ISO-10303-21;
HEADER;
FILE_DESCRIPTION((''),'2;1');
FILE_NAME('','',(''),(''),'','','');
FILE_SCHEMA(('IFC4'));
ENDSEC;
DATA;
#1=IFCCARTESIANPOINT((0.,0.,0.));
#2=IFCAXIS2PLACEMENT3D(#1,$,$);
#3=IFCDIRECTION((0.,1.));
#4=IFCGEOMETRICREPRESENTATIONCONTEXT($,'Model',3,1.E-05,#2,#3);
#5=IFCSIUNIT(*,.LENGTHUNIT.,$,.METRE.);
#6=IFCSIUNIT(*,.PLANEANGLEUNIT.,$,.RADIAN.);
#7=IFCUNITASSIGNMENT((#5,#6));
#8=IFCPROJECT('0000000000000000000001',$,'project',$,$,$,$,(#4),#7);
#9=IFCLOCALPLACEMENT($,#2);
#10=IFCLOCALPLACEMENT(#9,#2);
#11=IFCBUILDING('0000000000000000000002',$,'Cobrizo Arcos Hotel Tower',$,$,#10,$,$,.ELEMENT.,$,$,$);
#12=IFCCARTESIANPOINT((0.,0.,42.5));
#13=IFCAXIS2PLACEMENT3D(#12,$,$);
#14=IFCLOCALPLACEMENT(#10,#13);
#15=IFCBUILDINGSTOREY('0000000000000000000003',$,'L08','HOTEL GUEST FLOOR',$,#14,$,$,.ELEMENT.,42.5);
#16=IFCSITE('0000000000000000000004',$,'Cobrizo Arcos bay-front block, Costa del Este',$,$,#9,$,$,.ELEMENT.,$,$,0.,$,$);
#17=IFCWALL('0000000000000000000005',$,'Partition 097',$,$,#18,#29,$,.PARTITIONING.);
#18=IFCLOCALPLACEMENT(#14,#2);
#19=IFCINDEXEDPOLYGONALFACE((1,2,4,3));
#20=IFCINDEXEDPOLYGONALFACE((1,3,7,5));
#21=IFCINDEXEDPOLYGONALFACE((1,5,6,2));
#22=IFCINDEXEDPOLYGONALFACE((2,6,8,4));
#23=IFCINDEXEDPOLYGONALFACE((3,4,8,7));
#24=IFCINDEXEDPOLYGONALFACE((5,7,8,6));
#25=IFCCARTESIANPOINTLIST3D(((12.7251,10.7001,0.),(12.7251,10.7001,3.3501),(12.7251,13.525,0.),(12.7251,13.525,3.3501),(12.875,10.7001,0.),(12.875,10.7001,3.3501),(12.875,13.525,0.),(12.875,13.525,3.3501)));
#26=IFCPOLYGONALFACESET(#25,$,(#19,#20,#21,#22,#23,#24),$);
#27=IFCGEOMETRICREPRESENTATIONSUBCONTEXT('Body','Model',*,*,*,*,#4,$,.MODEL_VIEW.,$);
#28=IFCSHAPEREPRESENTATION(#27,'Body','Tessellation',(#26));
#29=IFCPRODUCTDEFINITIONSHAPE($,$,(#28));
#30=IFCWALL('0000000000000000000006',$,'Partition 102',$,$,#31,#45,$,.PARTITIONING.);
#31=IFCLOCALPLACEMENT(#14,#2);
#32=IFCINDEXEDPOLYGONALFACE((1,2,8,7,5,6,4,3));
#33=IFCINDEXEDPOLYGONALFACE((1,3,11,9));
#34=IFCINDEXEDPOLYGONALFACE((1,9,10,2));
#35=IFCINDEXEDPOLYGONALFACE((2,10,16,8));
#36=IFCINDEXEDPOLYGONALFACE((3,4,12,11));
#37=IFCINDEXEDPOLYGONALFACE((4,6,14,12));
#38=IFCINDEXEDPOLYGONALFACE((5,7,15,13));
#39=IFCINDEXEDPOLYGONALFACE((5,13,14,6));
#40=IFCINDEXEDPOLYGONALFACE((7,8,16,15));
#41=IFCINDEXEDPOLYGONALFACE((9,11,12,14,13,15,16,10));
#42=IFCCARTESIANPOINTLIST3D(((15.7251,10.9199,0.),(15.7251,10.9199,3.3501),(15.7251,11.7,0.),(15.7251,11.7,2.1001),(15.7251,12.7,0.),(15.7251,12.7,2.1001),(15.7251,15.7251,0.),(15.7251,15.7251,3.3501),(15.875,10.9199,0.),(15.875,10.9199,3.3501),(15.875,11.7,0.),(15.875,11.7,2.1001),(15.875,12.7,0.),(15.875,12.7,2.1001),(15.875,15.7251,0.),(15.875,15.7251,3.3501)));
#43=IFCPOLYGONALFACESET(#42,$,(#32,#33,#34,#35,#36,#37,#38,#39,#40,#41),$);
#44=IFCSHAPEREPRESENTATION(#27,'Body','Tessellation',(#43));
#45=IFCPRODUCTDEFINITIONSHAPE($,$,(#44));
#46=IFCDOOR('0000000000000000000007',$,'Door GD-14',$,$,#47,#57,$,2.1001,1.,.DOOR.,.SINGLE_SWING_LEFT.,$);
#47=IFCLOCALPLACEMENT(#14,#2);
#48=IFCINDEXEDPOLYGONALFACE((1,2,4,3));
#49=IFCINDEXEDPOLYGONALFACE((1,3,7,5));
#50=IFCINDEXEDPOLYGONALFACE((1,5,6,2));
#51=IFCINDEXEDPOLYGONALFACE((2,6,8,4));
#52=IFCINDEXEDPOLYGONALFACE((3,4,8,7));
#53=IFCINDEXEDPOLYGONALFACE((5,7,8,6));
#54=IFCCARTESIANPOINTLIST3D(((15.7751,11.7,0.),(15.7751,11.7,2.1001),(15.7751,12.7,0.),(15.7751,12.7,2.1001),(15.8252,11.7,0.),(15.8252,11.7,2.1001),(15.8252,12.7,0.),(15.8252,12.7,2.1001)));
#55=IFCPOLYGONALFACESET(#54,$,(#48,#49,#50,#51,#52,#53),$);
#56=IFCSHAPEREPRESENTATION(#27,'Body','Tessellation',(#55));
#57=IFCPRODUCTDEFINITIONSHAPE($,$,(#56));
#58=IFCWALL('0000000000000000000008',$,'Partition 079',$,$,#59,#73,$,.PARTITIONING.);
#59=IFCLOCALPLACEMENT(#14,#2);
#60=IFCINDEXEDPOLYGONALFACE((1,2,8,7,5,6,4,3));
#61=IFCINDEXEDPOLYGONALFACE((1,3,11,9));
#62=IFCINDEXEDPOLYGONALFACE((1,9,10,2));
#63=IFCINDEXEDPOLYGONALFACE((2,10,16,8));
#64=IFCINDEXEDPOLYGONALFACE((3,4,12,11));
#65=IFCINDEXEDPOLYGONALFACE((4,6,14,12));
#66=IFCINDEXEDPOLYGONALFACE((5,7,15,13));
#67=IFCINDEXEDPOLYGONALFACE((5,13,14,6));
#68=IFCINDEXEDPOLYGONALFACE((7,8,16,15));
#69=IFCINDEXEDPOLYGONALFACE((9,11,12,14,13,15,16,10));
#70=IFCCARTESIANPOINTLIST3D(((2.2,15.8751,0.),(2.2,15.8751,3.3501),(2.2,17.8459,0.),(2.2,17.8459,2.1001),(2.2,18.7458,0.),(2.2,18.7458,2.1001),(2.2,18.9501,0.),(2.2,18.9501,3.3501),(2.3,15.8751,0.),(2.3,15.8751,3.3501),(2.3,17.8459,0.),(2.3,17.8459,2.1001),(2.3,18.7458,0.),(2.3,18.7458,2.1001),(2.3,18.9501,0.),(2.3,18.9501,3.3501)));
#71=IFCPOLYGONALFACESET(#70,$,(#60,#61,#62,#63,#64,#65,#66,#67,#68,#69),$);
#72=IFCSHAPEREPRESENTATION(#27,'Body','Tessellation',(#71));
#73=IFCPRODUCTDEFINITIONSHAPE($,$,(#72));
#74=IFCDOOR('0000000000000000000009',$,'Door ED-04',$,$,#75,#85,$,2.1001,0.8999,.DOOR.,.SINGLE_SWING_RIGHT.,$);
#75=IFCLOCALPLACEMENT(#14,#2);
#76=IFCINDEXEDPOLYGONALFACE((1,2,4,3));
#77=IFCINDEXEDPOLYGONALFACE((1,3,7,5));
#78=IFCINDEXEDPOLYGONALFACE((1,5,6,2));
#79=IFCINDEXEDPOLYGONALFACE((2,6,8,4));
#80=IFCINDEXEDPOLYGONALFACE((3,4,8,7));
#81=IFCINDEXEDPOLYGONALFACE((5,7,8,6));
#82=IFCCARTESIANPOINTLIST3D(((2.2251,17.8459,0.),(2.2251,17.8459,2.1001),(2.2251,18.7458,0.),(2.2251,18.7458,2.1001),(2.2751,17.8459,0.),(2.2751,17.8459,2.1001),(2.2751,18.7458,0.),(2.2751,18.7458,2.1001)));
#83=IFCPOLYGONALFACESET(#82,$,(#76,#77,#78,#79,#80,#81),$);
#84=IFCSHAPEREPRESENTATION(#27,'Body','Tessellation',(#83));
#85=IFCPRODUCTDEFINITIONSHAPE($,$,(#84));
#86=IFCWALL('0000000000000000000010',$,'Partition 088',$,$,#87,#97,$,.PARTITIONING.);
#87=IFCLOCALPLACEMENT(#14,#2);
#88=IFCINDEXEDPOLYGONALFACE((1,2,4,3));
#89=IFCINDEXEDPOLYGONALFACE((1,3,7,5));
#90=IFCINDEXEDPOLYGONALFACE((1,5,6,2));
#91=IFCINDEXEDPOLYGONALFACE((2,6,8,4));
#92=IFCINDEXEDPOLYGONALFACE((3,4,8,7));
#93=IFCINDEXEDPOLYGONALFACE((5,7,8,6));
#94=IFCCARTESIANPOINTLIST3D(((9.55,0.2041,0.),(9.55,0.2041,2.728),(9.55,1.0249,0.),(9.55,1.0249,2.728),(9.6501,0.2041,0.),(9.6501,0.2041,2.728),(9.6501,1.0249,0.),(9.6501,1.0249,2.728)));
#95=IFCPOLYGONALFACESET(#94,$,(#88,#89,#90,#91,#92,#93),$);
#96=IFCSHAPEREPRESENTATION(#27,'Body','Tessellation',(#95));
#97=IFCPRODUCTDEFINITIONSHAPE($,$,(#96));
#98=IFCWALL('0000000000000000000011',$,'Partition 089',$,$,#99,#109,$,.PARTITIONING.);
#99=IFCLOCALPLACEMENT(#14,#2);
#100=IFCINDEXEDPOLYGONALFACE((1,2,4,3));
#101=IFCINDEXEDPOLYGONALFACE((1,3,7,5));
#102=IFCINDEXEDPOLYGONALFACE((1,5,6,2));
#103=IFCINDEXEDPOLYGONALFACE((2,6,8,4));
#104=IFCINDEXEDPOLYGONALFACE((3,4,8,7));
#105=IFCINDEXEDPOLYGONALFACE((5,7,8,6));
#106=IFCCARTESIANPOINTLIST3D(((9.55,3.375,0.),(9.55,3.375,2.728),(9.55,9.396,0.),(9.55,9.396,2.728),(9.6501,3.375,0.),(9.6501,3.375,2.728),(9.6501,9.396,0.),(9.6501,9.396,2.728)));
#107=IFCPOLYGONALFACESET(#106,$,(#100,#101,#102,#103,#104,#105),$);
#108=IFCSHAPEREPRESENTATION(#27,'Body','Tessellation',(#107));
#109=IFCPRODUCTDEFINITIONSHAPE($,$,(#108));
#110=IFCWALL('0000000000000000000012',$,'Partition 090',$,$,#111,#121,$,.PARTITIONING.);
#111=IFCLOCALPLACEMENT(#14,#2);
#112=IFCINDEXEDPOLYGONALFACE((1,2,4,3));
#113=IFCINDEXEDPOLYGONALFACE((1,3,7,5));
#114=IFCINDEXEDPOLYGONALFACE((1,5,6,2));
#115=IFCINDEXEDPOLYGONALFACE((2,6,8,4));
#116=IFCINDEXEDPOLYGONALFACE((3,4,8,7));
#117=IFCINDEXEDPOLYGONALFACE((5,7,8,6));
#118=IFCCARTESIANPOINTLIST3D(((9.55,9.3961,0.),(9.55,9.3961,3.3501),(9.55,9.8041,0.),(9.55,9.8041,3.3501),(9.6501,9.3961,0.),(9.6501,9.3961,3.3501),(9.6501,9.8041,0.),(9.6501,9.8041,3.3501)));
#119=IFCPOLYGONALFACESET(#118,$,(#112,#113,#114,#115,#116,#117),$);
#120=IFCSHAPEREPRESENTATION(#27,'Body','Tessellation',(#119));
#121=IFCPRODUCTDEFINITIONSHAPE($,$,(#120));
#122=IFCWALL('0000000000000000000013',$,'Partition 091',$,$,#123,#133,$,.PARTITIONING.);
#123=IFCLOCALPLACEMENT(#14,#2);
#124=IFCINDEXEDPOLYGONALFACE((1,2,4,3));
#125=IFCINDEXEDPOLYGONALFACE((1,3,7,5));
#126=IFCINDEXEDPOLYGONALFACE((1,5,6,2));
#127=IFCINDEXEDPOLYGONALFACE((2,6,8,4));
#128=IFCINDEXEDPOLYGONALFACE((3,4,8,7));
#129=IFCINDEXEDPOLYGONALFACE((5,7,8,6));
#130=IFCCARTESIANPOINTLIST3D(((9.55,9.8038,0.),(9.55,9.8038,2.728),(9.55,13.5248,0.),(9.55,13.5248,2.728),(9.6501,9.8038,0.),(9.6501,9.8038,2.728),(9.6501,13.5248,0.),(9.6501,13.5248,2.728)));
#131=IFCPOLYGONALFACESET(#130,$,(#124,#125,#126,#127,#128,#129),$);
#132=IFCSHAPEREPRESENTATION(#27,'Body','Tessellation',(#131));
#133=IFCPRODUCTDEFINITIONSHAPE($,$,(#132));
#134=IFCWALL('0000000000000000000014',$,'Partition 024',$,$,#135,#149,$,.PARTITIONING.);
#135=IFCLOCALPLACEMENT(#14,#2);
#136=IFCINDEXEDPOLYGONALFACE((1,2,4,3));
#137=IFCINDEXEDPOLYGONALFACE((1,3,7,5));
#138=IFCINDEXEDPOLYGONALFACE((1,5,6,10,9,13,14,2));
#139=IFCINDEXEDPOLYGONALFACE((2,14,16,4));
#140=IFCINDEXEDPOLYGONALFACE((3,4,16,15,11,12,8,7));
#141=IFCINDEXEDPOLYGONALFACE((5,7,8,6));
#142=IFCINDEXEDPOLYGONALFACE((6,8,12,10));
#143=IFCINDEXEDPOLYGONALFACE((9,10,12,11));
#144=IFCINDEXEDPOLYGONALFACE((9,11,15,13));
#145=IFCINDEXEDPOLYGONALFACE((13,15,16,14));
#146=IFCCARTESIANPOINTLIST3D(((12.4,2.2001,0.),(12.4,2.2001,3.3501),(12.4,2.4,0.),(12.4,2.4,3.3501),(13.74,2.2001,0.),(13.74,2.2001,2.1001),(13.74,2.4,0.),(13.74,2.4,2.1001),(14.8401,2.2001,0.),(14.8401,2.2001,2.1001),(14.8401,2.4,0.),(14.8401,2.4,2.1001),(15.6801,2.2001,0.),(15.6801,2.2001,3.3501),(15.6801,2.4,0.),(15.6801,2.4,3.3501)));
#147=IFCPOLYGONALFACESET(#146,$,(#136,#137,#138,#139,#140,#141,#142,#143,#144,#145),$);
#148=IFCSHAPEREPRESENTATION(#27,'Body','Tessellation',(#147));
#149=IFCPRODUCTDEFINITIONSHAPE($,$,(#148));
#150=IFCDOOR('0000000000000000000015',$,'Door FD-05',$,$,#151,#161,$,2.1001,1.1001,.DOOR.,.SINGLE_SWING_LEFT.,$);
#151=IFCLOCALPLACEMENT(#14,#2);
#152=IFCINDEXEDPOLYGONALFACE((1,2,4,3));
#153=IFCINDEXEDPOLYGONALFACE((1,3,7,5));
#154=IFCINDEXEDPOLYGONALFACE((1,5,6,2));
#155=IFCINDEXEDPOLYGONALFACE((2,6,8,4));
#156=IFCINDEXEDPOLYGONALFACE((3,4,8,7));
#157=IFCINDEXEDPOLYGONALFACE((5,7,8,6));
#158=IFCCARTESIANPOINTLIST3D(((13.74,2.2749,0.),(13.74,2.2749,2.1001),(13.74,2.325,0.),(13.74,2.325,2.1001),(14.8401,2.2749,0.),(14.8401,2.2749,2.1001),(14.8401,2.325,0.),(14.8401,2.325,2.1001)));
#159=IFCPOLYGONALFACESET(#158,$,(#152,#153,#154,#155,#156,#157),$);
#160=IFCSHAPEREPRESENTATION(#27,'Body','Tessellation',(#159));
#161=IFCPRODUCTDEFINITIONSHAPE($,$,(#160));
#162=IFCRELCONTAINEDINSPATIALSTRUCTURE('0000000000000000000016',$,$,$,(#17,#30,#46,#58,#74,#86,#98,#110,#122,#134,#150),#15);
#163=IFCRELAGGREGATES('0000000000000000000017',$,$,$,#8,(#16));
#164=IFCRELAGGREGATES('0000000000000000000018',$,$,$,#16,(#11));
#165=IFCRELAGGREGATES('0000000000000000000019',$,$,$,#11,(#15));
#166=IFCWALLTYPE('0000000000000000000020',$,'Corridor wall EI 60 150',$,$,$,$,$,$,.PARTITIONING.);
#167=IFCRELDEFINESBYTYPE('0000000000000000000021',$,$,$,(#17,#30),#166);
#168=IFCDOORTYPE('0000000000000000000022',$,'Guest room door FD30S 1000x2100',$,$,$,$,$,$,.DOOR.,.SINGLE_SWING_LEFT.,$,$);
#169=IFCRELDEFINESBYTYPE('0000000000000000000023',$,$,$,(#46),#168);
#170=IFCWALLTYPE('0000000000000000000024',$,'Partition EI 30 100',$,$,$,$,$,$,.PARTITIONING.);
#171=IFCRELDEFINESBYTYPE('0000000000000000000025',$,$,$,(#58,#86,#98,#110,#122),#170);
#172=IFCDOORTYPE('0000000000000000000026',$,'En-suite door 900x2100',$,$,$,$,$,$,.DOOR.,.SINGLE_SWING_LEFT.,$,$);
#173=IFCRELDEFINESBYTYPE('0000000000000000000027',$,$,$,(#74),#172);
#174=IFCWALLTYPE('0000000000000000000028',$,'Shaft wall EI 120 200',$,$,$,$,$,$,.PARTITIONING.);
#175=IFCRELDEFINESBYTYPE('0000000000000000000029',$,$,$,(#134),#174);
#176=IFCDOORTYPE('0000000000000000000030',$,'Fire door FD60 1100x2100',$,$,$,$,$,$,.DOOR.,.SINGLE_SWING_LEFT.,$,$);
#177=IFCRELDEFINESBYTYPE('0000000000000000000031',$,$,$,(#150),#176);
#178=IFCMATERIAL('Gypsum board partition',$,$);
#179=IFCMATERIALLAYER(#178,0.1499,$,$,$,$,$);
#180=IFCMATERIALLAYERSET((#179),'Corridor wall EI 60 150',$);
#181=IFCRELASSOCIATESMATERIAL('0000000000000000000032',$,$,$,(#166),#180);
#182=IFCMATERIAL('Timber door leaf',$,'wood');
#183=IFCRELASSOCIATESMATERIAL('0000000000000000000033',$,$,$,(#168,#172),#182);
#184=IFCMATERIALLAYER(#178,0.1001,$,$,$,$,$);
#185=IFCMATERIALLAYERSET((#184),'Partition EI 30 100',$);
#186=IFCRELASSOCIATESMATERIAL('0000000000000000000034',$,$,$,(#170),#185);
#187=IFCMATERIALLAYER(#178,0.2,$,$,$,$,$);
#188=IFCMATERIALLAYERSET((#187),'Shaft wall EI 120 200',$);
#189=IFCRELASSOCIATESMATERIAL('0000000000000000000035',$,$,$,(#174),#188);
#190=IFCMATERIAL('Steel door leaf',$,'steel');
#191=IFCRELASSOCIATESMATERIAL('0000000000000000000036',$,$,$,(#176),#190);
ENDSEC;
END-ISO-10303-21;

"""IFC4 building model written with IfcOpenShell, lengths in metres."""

from ifc_helpers import new_model, si_unit, direction, frame, frame_2d, origin, place, context, subcontext, project, spatial, rectangle, extrude, material, layer, layer_set, type_object, element, fill, save


model = new_model("IFC4")

# Units and contexts
model_context = context("Model", 3, precision=1e-05, world=origin(), true_north=direction((0.0, 1.0)))
body_context = subcontext(model_context, "Body", "Model", "MODEL_VIEW")
ifc_project = project(units=[si_unit("LENGTHUNIT", "METRE"), si_unit("PLANEANGLEUNIT", "RADIAN")], contexts=[model_context])

# Site, building, storey
site_placement = place(None, origin())
site = spatial("IfcSite", under=ifc_project, at=site_placement, Name="Cobrizo Arcos bay-front block, Costa del Este", CompositionType="ELEMENT", RefElevation=0.0)
building_placement = place(site_placement, origin())
building = spatial("IfcBuilding", under=site, at=building_placement, Name="Cobrizo Arcos Hotel Tower", CompositionType="ELEMENT")
storey_placement = place(building_placement, frame((0.0, 0.0, 42.5)))
storey = spatial("IfcBuildingStorey", under=building, at=storey_placement, Name="L08", Description="HOTEL GUEST FLOOR", CompositionType="ELEMENT", Elevation=42.5)

# Shared definitions
ifc_material_1 = material(Name="Gypsum board partition")
ifc_layer_1 = layer(ifc_material_1, 0.1499)
ifc_layer_set_1 = layer_set([ifc_layer_1], Name="Corridor wall EI 60 150")
wall_type_1 = type_object("IfcWallType", Name="Corridor wall EI 60 150", PredefinedType="PARTITIONING", material=ifc_layer_set_1)
ifc_material_2 = material(Name="Timber door leaf", Category="wood")

# Wall
wall_1_placement = place(storey_placement, frame((12.8, 10.7, 0.0), z_axis=(0.0, 0.0, 1.0), x_axis=(0.0, 1.0, 0.0)))
element("IfcWall", 1, at=wall_1_placement, inside=storey, type_object=wall_type_1, Name="Partition 097", PredefinedType="PARTITIONING", context=body_context, shape_type="SweptSolid", body=[
    extrude(rectangle(XDim=2.825, YDim=0.1499, at=frame_2d((1.4126, 0.0))), origin(), (0.0, 0.0, 1.0), 3.3501),
])

# Walls, openings, doors
wall_2_placement = place(storey_placement, frame((15.8, 10.9199, 0.0), z_axis=(0.0, 0.0, 1.0), x_axis=(0.0, 1.0, 0.0)))
wall_2 = element("IfcWall", 2, at=wall_2_placement, inside=storey, type_object=wall_type_1, Name="Partition 102", PredefinedType="PARTITIONING", context=body_context, shape_type="SweptSolid", body=[
    extrude(rectangle(XDim=4.8052, YDim=0.1499, at=frame_2d((2.4026, 0.0))), origin(), (0.0, 0.0, 1.0), 3.3501),
])
opening_1_placement = place(wall_2_placement, frame((0.78, 0.0, 0.0)))
opening_1 = element("IfcOpeningElement", 3, at=opening_1_placement, cuts=wall_2, PredefinedType="OPENING", context=body_context, shape_type="SweptSolid", body=[
    extrude(rectangle(XDim=1.0, YDim=2.1001, at=frame_2d((0.5, 1.05))), frame((0.0, 0.0869, 0.0), z_axis=(0.0, -1.0, 0.0), x_axis=(1.0, 0.0, 0.0)), (0.0, 0.0, 1.0), 0.1738),
])
door_type_1 = type_object("IfcDoorType", Name="Guest room door FD30S 1000x2100", OperationType="SINGLE_SWING_LEFT", PredefinedType="DOOR", material=ifc_material_2)
door_1_placement = place(opening_1_placement, origin())
door_1 = element("IfcDoor", 4, at=door_1_placement, inside=storey, type_object=door_type_1, Name="Door GD-14", OperationType="SINGLE_SWING_LEFT", OverallHeight=2.1001, OverallWidth=1.0, PredefinedType="DOOR", context=body_context, shape_type="SweptSolid", body=[
    extrude(rectangle(XDim=1.0, YDim=2.1001, at=frame_2d((0.5, 1.05))), frame((0.0, 0.0249, 0.0), z_axis=(0.0, -1.0, 0.0), x_axis=(1.0, 0.0, 0.0)), (0.0, 0.0, 1.0), 0.05),
])
fill(opening_1, door_1)
ifc_layer_2 = layer(ifc_material_1, 0.1001)
ifc_layer_set_2 = layer_set([ifc_layer_2], Name="Partition EI 30 100")
wall_type_2 = type_object("IfcWallType", Name="Partition EI 30 100", PredefinedType="PARTITIONING", material=ifc_layer_set_2)
wall_3_placement = place(storey_placement, frame((2.25, 15.875, 0.0), z_axis=(0.0, 0.0, 1.0), x_axis=(0.0, 1.0, 0.0)))
wall_3 = element("IfcWall", 5, at=wall_3_placement, inside=storey, type_object=wall_type_2, Name="Partition 079", PredefinedType="PARTITIONING", context=body_context, shape_type="SweptSolid", body=[
    extrude(rectangle(XDim=3.075, YDim=0.1001, at=frame_2d((1.5376, 0.0))), origin(), (0.0, 0.0, 1.0), 3.3501),
])
opening_2_placement = place(wall_3_placement, frame((1.9709, 0.0, 0.0)))
opening_2 = element("IfcOpeningElement", 6, at=opening_2_placement, cuts=wall_3, PredefinedType="OPENING", context=body_context, shape_type="SweptSolid", body=[
    extrude(rectangle(XDim=0.8999, YDim=2.1001, at=frame_2d((0.45, 1.05))), frame((0.0, 0.062, 0.0), z_axis=(0.0, -1.0, 0.0), x_axis=(1.0, 0.0, 0.0)), (0.0, 0.0, 1.0), 0.124),
])
door_type_2 = type_object("IfcDoorType", Name="En-suite door 900x2100", OperationType="SINGLE_SWING_LEFT", PredefinedType="DOOR", material=ifc_material_2)
door_2_placement = place(opening_2_placement, origin())
door_2 = element("IfcDoor", 7, at=door_2_placement, inside=storey, type_object=door_type_2, Name="Door ED-04", OperationType="SINGLE_SWING_RIGHT", OverallHeight=2.1001, OverallWidth=0.8999, PredefinedType="DOOR", context=body_context, shape_type="SweptSolid", body=[
    extrude(rectangle(XDim=0.8999, YDim=2.1001, at=frame_2d((0.45, 1.05))), frame((0.0, 0.0249, 0.0), z_axis=(0.0, -1.0, 0.0), x_axis=(1.0, 0.0, 0.0)), (0.0, 0.0, 1.0), 0.05),
])
fill(opening_2, door_2)

# Walls
wall_4_placement = place(storey_placement, frame((9.6001, 0.2041, 0.0), z_axis=(0.0, 0.0, 1.0), x_axis=(0.0, 1.0, 0.0)))
element("IfcWall", 8, at=wall_4_placement, inside=storey, type_object=wall_type_2, Name="Partition 088", PredefinedType="PARTITIONING", context=body_context, shape_type="SweptSolid", body=[
    extrude(rectangle(XDim=0.8208, YDim=0.1001, at=frame_2d((0.4104, 0.0))), origin(), (0.0, 0.0, 1.0), 2.728),
])
wall_5_placement = place(storey_placement, frame((9.6001, 3.375, 0.0), z_axis=(0.0, 0.0, 1.0), x_axis=(0.0, 1.0, 0.0)))
element("IfcWall", 9, at=wall_5_placement, inside=storey, type_object=wall_type_2, Name="Partition 089", PredefinedType="PARTITIONING", context=body_context, shape_type="SweptSolid", body=[
    extrude(rectangle(XDim=6.021, YDim=0.1001, at=frame_2d((3.0105, 0.0))), origin(), (0.0, 0.0, 1.0), 2.728),
])
wall_6_placement = place(storey_placement, frame((9.6001, 9.396, 0.0), z_axis=(0.0, 0.0, 1.0), x_axis=(0.0, 1.0, 0.0)))
element("IfcWall", 10, at=wall_6_placement, inside=storey, type_object=wall_type_2, Name="Partition 090", PredefinedType="PARTITIONING", context=body_context, shape_type="SweptSolid", body=[
    extrude(rectangle(XDim=0.408, YDim=0.1001, at=frame_2d((0.2041, 0.0))), origin(), (0.0, 0.0, 1.0), 3.3501),
])
wall_7_placement = place(storey_placement, frame((9.6001, 9.804, 0.0), z_axis=(0.0, 0.0, 1.0), x_axis=(0.0, 1.0, 0.0)))
element("IfcWall", 11, at=wall_7_placement, inside=storey, type_object=wall_type_2, Name="Partition 091", PredefinedType="PARTITIONING", context=body_context, shape_type="SweptSolid", body=[
    extrude(rectangle(XDim=3.7209, YDim=0.1001, at=frame_2d((1.8604, 0.0))), origin(), (0.0, 0.0, 1.0), 2.728),
])

# Wall, opening, door
ifc_layer_3 = layer(ifc_material_1, 0.2)
ifc_layer_set_3 = layer_set([ifc_layer_3], Name="Shaft wall EI 120 200")
wall_type_3 = type_object("IfcWallType", Name="Shaft wall EI 120 200", PredefinedType="PARTITIONING", material=ifc_layer_set_3)
wall_8_placement = place(storey_placement, frame((12.3999, 2.3, 0.0), z_axis=(0.0, 0.0, 1.0), x_axis=(1.0, 0.0, 0.0)))
wall_8 = element("IfcWall", 12, at=wall_8_placement, inside=storey, type_object=wall_type_3, Name="Partition 024", PredefinedType="PARTITIONING", context=body_context, shape_type="SweptSolid", body=[
    extrude(rectangle(XDim=3.28, YDim=0.2, at=frame_2d((1.6401, 0.0))), origin(), (0.0, 0.0, 1.0), 3.3501),
])
opening_3_placement = place(wall_8_placement, frame((1.3401, 0.0, 0.0)))
opening_3 = element("IfcOpeningElement", 13, at=opening_3_placement, cuts=wall_8, PredefinedType="OPENING", context=body_context, shape_type="SweptSolid", body=[
    extrude(rectangle(XDim=1.1001, YDim=2.1001, at=frame_2d((0.55, 1.05))), frame((0.0, 0.1121, 0.0), z_axis=(0.0, -1.0, 0.0), x_axis=(1.0, 0.0, 0.0)), (0.0, 0.0, 1.0), 0.2239),
])
ifc_material_3 = material(Name="Steel door leaf", Category="steel")
door_type_3 = type_object("IfcDoorType", Name="Fire door FD60 1100x2100", OperationType="SINGLE_SWING_LEFT", PredefinedType="DOOR", material=ifc_material_3)
door_3_placement = place(opening_3_placement, origin())
door_3 = element("IfcDoor", 14, at=door_3_placement, inside=storey, type_object=door_type_3, Name="Door FD-05", OperationType="SINGLE_SWING_LEFT", OverallHeight=2.1001, OverallWidth=1.1001, PredefinedType="DOOR", context=body_context, shape_type="SweptSolid", body=[
    extrude(rectangle(XDim=1.1001, YDim=2.1001, at=frame_2d((0.55, 1.05))), frame((0.0, 0.0249, 0.0), z_axis=(0.0, -1.0, 0.0), x_axis=(1.0, 0.0, 0.0)), (0.0, 0.0, 1.0), 0.05),
])
fill(opening_3, door_3)

save(model, "model.ifc")
